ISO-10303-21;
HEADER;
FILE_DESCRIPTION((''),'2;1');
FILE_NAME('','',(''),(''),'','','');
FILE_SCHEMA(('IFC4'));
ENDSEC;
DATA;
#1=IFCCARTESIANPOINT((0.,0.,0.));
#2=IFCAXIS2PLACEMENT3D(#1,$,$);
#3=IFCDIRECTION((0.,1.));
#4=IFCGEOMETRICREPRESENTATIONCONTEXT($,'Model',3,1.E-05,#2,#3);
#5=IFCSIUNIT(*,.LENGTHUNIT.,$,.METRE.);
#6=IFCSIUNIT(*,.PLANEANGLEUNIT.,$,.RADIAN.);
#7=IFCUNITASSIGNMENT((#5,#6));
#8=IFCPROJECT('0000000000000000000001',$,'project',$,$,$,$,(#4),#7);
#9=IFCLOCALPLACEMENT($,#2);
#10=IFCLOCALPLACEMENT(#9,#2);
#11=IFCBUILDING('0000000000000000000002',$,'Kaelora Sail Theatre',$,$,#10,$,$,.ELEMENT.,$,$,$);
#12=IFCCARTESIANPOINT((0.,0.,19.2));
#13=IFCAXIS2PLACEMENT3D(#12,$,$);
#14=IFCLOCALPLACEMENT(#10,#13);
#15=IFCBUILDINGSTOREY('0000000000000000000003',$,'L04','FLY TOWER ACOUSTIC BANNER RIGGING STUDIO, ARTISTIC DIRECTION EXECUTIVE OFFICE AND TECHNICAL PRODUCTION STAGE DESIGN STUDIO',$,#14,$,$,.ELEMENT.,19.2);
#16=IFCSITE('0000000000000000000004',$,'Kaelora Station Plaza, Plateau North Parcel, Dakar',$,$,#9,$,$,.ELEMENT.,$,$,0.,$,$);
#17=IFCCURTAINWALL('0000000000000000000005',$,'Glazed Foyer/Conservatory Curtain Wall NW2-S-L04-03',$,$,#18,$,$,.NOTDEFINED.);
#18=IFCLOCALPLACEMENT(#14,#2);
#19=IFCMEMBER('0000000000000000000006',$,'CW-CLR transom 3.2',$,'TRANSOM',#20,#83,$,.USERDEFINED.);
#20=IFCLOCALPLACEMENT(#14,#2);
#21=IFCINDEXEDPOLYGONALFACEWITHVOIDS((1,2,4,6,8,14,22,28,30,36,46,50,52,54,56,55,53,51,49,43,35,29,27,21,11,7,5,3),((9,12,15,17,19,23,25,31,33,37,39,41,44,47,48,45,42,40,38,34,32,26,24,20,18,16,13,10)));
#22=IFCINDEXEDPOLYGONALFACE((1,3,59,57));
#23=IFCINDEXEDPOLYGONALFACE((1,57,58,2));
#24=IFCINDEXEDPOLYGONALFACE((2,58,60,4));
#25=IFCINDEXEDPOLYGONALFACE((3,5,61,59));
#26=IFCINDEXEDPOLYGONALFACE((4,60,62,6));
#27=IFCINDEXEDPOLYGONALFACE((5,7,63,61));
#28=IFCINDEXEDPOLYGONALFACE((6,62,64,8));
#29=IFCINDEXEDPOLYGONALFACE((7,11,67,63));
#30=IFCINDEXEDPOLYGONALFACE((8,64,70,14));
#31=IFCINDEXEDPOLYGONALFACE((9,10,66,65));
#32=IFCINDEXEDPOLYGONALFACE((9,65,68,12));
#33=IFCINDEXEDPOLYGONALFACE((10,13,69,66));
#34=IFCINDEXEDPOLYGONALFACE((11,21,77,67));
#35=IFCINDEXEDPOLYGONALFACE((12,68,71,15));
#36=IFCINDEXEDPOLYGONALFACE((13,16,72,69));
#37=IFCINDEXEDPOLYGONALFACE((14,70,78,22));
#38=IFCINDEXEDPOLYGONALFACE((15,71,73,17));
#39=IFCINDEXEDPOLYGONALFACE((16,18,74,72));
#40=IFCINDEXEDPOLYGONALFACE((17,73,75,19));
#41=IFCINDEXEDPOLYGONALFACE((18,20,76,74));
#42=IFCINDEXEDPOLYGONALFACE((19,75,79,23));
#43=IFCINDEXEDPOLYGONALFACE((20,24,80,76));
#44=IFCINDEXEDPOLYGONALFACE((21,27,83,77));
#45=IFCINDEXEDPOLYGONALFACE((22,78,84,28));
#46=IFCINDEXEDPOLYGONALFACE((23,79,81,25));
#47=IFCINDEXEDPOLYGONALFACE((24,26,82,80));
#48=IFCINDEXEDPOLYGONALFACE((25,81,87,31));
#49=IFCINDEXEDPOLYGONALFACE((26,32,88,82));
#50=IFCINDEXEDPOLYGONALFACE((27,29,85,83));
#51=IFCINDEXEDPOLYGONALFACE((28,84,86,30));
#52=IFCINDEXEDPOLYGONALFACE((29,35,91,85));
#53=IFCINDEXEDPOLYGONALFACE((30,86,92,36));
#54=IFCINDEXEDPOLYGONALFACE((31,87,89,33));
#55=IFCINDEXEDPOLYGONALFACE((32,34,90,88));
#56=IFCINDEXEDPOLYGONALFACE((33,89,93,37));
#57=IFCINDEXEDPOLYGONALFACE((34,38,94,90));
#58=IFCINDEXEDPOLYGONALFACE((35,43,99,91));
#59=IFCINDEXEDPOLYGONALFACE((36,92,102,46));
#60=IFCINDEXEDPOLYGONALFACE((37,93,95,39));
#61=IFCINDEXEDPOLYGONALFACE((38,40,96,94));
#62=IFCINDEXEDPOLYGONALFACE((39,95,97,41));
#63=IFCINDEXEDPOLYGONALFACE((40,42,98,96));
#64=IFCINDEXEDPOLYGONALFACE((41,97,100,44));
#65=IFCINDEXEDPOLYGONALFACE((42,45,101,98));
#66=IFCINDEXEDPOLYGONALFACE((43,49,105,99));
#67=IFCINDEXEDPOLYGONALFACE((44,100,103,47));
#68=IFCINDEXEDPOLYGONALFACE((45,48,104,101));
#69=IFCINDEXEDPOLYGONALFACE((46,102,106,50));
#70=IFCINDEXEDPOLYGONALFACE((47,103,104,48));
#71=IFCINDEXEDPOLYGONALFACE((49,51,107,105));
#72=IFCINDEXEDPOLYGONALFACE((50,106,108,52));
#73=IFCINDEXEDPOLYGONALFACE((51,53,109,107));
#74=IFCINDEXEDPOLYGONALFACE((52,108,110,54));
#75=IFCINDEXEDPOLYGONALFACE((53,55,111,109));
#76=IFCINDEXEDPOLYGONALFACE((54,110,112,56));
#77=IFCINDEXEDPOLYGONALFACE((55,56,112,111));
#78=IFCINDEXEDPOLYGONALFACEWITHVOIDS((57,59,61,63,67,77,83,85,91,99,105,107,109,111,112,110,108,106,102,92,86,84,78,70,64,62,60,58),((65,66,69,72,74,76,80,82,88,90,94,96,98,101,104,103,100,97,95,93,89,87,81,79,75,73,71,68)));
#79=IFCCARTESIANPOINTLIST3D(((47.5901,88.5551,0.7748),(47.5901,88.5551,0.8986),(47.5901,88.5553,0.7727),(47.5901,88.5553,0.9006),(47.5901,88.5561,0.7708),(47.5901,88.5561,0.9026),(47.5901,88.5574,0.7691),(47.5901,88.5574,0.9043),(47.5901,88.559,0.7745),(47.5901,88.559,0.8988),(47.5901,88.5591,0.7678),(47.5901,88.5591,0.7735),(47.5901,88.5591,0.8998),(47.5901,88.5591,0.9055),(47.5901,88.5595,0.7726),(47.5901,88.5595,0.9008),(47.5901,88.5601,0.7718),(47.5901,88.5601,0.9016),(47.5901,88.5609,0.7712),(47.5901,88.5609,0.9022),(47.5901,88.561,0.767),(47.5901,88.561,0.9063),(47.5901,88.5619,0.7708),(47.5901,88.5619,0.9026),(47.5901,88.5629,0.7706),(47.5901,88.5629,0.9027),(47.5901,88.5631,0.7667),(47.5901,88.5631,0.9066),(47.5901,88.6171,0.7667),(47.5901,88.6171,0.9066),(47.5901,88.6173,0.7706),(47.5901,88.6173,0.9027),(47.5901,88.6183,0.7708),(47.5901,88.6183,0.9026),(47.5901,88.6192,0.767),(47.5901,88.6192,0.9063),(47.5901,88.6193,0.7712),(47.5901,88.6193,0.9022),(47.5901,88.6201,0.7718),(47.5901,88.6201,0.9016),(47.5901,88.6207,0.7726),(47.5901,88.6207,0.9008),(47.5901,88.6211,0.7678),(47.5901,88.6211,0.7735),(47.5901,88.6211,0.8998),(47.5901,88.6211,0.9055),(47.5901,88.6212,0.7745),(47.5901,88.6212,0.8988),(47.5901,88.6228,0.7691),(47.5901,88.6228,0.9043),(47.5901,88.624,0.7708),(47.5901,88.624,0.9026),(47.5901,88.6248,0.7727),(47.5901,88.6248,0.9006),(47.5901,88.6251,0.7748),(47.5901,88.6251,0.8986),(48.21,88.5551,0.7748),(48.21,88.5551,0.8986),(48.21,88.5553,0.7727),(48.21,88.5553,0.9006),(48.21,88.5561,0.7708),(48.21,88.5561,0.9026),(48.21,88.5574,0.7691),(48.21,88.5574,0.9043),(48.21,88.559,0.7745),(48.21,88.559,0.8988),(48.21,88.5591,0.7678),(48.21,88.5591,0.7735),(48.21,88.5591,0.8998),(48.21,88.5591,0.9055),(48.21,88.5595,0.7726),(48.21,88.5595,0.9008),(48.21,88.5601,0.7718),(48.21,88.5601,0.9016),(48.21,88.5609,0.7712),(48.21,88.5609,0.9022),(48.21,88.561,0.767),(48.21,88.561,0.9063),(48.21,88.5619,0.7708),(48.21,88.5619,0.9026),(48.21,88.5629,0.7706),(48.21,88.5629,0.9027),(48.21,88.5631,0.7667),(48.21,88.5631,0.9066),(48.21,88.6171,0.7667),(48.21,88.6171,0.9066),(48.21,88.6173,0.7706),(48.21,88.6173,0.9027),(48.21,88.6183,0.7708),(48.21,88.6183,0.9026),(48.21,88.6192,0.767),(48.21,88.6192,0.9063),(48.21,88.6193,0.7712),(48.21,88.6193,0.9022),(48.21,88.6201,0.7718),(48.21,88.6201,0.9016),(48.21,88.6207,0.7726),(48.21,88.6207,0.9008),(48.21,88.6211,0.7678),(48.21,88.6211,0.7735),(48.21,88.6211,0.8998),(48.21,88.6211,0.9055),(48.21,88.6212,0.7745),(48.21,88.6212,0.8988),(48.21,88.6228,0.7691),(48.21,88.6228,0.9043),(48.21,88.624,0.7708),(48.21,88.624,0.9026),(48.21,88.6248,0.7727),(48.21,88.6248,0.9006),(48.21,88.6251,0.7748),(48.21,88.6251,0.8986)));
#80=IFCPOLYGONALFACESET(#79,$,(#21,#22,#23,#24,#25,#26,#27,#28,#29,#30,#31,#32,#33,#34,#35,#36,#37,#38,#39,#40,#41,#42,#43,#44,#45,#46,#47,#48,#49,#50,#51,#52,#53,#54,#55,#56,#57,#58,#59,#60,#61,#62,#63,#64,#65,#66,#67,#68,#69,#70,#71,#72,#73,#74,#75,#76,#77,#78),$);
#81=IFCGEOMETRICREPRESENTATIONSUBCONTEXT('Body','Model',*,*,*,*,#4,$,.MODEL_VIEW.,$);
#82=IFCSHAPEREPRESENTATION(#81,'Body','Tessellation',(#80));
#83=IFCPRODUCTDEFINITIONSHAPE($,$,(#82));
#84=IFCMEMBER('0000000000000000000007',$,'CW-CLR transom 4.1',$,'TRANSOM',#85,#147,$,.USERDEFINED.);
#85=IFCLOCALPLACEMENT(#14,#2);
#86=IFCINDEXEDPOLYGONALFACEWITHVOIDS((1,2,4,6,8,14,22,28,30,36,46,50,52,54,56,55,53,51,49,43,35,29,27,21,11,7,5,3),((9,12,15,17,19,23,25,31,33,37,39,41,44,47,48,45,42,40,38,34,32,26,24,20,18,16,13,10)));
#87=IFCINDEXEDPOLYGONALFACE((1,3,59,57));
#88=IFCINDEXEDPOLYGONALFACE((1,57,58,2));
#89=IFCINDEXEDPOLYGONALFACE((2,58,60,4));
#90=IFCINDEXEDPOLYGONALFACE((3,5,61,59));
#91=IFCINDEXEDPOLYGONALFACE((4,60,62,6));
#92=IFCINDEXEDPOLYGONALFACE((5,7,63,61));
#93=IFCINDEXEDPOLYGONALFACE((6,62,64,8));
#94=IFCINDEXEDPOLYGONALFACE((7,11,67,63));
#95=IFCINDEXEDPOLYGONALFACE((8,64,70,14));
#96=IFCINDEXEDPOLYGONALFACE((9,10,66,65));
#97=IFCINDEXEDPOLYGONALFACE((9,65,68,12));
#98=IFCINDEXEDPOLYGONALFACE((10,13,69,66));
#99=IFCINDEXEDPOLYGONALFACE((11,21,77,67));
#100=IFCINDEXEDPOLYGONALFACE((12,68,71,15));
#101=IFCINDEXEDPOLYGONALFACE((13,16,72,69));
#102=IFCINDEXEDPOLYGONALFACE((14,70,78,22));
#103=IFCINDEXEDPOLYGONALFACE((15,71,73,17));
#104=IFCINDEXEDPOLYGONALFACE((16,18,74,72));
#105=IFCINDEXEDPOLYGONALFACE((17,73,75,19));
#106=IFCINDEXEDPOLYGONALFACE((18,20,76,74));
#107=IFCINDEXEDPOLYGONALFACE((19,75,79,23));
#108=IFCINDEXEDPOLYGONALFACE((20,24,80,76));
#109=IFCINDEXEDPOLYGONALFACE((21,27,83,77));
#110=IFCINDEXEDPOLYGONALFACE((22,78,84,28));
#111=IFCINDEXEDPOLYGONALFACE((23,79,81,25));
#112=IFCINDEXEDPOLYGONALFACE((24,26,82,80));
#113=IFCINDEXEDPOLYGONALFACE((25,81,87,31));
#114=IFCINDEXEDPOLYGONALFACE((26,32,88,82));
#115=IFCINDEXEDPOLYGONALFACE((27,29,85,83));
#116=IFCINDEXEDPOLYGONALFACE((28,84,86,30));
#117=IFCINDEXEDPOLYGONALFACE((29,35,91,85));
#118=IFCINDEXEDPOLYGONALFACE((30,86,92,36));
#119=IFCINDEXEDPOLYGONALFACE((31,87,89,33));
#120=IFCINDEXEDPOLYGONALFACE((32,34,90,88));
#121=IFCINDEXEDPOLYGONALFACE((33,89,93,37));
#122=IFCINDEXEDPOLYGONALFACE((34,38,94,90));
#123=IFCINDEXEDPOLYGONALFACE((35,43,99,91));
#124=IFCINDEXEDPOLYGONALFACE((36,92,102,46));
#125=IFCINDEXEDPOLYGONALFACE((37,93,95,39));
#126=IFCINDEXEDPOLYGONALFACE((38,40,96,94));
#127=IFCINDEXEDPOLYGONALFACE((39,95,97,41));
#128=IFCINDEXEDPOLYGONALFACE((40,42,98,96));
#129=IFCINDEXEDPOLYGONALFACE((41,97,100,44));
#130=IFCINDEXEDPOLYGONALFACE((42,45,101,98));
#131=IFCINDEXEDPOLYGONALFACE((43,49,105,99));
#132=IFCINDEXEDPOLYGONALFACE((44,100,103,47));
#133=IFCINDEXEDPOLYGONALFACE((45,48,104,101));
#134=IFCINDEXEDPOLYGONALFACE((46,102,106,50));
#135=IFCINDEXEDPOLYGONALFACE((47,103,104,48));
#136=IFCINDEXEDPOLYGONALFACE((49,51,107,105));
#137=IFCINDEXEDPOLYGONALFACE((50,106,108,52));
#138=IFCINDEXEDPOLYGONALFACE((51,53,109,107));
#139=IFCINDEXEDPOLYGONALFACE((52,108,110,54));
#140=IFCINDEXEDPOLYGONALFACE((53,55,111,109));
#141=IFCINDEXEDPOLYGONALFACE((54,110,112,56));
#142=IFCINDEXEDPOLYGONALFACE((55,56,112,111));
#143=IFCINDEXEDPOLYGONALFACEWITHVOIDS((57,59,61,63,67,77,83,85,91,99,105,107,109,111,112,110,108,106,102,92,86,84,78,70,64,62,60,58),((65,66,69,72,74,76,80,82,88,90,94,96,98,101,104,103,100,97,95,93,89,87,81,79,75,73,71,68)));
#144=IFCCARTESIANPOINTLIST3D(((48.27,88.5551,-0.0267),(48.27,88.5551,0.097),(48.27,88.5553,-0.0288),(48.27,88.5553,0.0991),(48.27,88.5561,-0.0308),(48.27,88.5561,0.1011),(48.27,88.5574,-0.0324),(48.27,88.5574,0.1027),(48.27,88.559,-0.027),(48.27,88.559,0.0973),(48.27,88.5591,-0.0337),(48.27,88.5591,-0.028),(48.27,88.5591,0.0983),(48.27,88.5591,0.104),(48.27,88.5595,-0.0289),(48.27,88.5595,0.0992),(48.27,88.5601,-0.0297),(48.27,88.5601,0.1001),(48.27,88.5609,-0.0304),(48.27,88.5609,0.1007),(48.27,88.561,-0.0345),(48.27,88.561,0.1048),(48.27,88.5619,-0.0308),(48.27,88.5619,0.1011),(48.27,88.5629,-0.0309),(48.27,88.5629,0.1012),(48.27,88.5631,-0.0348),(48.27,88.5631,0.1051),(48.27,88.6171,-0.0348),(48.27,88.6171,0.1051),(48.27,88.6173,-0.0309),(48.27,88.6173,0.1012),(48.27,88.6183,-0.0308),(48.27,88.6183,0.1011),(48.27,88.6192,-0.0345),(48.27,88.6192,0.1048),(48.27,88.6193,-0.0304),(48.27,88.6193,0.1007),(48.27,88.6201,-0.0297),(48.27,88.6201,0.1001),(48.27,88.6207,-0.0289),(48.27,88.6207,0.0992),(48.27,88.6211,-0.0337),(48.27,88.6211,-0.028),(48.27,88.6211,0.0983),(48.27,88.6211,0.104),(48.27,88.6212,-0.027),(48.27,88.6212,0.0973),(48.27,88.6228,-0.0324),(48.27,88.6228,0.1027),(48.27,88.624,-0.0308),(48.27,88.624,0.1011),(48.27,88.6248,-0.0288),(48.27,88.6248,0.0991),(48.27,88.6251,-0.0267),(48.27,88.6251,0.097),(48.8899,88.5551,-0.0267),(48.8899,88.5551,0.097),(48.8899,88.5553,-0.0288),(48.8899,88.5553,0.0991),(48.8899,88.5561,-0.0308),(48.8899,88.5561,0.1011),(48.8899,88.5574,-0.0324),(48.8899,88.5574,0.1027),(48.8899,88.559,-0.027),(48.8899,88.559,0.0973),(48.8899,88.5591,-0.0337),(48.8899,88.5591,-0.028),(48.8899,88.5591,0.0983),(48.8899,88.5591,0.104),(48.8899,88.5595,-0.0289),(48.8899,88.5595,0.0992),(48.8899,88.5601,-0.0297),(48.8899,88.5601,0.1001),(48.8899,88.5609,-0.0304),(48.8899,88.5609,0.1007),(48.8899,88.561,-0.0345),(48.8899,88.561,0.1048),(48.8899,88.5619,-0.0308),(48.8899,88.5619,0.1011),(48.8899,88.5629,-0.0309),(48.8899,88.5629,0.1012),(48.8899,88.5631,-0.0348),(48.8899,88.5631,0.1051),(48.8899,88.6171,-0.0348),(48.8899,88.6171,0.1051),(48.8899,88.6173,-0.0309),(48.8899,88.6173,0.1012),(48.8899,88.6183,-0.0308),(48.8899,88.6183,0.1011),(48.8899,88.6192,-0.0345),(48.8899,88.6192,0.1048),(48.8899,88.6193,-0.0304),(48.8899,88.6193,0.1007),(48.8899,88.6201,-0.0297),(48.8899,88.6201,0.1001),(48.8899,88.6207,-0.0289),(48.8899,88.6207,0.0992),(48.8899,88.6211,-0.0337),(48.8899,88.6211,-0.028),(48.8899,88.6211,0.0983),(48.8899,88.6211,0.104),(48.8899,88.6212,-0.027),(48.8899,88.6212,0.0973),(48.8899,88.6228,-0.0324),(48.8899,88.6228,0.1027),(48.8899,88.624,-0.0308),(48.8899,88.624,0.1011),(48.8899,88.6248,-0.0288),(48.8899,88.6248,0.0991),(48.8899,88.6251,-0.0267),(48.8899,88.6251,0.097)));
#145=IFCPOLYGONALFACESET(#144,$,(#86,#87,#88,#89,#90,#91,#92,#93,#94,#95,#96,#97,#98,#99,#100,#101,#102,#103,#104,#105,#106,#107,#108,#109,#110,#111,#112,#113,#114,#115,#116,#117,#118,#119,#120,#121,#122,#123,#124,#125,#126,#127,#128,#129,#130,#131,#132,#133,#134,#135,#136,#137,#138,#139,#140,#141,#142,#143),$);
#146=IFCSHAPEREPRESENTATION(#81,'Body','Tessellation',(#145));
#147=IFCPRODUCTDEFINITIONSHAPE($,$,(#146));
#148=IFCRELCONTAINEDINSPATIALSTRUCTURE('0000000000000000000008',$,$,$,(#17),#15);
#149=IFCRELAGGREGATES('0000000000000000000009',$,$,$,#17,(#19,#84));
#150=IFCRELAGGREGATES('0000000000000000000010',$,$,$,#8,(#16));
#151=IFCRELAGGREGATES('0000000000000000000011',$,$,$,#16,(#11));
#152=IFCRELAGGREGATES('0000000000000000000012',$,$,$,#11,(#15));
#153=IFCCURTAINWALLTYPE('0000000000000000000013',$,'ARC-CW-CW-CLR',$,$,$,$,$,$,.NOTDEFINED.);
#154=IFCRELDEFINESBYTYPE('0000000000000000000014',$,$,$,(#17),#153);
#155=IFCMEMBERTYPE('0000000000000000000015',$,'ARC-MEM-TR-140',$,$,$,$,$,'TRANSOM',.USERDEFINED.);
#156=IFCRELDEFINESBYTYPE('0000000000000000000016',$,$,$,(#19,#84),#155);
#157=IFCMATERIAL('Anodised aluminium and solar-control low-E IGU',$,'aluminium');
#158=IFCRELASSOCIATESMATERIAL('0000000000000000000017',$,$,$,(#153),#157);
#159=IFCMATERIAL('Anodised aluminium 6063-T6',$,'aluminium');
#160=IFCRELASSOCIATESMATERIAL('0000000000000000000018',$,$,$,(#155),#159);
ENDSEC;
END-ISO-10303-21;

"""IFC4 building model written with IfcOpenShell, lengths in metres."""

from ifc_helpers import new_model, si_unit, direction, frame, origin, origin_2d, place, context, subcontext, project, spatial, hollow_rectangle, extrude, material, material_profile, profile_set, type_object, element, aggregate, save


model = new_model("IFC4")

# Units and contexts
model_context = context("Model", 3, precision=1e-05, world=origin(), true_north=direction((0.0, 1.0)))
body_context = subcontext(model_context, "Body", "Model", "MODEL_VIEW")
ifc_project = project(units=[si_unit("LENGTHUNIT", "METRE"), si_unit("PLANEANGLEUNIT", "RADIAN")], contexts=[model_context])

# Site, building, storey
site_placement = place(None, origin())
site = spatial("IfcSite", under=ifc_project, at=site_placement, Name="Kaelora Station Plaza, Plateau North Parcel, Dakar", CompositionType="ELEMENT", RefElevation=0.0)
building_placement = place(site_placement, origin())
building = spatial("IfcBuilding", under=site, at=building_placement, Name="Kaelora Sail Theatre", CompositionType="ELEMENT")
storey_placement = place(building_placement, frame((0.0, 0.0, 19.2)))
storey = spatial("IfcBuildingStorey", under=building, at=storey_placement, Name="L04", Description="FLY TOWER ACOUSTIC BANNER RIGGING STUDIO, ARTISTIC DIRECTION EXECUTIVE OFFICE AND TECHNICAL PRODUCTION STAGE DESIGN STUDIO", CompositionType="ELEMENT", Elevation=19.2)

# Curtain wall, members
ifc_material_1 = material(Name="Anodised aluminium and solar-control low-E IGU", Category="aluminium")
curtain_wall_type = type_object("IfcCurtainWallType", Name="ARC-CW-CW-CLR", PredefinedType="NOTDEFINED", material=ifc_material_1)
curtain_wall_placement = place(storey_placement, origin())
curtain_wall = element("IfcCurtainWall", 1, at=curtain_wall_placement, inside=storey, type_object=curtain_wall_type, Name="Glazed Foyer/Conservatory Curtain Wall NW2-S-L04-03", PredefinedType="NOTDEFINED")
ifc_material_2 = material(Name="Anodised aluminium 6063-T6", Category="aluminium")
ifc_material_profile_1 = material_profile(ifc_material_2, hollow_rectangle(XDim=0.0701, YDim=0.1399, WallThickness=0.0039, InnerFilletRadius=0.0039, OuterFilletRadius=0.0081, at=origin_2d()), Name="ALU-TRAN 70x140x4")
ifc_profile_set_1 = profile_set([ifc_material_profile_1], Name="Anodised aluminium 6063-T6")
member_type_1 = type_object("IfcMemberType", Name="ARC-MEM-TR-140", ElementType="TRANSOM", PredefinedType="USERDEFINED", material=ifc_profile_set_1)
member_1_placement = place(storey_placement, frame((47.5901, 88.5901, 0.8367), z_axis=(1.0, 0.0, 0.0), x_axis=(0.0, 1.0, 0.0)))
member_1 = element("IfcMember", 2, at=member_1_placement, type_object=member_type_1, Name="CW-CLR transom 3.2", ObjectType="TRANSOM", PredefinedType="USERDEFINED", context=body_context, shape_type="SweptSolid", body=[
    extrude(hollow_rectangle(XDim=0.0701, YDim=0.1399, WallThickness=0.0039, InnerFilletRadius=0.0039, OuterFilletRadius=0.0081, at=origin_2d()), origin(), (0.0, 0.0, 1.0), 0.6199),
])
member_2_placement = place(storey_placement, frame((48.27, 88.5901, 0.0352), z_axis=(1.0, 0.0, 0.0), x_axis=(0.0, 1.0, 0.0)))
member_2 = element("IfcMember", 3, at=member_2_placement, type_object=member_type_1, Name="CW-CLR transom 4.1", ObjectType="TRANSOM", PredefinedType="USERDEFINED", context=body_context, shape_type="SweptSolid", body=[
    extrude(hollow_rectangle(XDim=0.0701, YDim=0.1399, WallThickness=0.0039, InnerFilletRadius=0.0039, OuterFilletRadius=0.0081, at=origin_2d()), origin(), (0.0, 0.0, 1.0), 0.6199),
])
aggregate(curtain_wall, [member_1, member_2])

save(model, "model.ifc")
